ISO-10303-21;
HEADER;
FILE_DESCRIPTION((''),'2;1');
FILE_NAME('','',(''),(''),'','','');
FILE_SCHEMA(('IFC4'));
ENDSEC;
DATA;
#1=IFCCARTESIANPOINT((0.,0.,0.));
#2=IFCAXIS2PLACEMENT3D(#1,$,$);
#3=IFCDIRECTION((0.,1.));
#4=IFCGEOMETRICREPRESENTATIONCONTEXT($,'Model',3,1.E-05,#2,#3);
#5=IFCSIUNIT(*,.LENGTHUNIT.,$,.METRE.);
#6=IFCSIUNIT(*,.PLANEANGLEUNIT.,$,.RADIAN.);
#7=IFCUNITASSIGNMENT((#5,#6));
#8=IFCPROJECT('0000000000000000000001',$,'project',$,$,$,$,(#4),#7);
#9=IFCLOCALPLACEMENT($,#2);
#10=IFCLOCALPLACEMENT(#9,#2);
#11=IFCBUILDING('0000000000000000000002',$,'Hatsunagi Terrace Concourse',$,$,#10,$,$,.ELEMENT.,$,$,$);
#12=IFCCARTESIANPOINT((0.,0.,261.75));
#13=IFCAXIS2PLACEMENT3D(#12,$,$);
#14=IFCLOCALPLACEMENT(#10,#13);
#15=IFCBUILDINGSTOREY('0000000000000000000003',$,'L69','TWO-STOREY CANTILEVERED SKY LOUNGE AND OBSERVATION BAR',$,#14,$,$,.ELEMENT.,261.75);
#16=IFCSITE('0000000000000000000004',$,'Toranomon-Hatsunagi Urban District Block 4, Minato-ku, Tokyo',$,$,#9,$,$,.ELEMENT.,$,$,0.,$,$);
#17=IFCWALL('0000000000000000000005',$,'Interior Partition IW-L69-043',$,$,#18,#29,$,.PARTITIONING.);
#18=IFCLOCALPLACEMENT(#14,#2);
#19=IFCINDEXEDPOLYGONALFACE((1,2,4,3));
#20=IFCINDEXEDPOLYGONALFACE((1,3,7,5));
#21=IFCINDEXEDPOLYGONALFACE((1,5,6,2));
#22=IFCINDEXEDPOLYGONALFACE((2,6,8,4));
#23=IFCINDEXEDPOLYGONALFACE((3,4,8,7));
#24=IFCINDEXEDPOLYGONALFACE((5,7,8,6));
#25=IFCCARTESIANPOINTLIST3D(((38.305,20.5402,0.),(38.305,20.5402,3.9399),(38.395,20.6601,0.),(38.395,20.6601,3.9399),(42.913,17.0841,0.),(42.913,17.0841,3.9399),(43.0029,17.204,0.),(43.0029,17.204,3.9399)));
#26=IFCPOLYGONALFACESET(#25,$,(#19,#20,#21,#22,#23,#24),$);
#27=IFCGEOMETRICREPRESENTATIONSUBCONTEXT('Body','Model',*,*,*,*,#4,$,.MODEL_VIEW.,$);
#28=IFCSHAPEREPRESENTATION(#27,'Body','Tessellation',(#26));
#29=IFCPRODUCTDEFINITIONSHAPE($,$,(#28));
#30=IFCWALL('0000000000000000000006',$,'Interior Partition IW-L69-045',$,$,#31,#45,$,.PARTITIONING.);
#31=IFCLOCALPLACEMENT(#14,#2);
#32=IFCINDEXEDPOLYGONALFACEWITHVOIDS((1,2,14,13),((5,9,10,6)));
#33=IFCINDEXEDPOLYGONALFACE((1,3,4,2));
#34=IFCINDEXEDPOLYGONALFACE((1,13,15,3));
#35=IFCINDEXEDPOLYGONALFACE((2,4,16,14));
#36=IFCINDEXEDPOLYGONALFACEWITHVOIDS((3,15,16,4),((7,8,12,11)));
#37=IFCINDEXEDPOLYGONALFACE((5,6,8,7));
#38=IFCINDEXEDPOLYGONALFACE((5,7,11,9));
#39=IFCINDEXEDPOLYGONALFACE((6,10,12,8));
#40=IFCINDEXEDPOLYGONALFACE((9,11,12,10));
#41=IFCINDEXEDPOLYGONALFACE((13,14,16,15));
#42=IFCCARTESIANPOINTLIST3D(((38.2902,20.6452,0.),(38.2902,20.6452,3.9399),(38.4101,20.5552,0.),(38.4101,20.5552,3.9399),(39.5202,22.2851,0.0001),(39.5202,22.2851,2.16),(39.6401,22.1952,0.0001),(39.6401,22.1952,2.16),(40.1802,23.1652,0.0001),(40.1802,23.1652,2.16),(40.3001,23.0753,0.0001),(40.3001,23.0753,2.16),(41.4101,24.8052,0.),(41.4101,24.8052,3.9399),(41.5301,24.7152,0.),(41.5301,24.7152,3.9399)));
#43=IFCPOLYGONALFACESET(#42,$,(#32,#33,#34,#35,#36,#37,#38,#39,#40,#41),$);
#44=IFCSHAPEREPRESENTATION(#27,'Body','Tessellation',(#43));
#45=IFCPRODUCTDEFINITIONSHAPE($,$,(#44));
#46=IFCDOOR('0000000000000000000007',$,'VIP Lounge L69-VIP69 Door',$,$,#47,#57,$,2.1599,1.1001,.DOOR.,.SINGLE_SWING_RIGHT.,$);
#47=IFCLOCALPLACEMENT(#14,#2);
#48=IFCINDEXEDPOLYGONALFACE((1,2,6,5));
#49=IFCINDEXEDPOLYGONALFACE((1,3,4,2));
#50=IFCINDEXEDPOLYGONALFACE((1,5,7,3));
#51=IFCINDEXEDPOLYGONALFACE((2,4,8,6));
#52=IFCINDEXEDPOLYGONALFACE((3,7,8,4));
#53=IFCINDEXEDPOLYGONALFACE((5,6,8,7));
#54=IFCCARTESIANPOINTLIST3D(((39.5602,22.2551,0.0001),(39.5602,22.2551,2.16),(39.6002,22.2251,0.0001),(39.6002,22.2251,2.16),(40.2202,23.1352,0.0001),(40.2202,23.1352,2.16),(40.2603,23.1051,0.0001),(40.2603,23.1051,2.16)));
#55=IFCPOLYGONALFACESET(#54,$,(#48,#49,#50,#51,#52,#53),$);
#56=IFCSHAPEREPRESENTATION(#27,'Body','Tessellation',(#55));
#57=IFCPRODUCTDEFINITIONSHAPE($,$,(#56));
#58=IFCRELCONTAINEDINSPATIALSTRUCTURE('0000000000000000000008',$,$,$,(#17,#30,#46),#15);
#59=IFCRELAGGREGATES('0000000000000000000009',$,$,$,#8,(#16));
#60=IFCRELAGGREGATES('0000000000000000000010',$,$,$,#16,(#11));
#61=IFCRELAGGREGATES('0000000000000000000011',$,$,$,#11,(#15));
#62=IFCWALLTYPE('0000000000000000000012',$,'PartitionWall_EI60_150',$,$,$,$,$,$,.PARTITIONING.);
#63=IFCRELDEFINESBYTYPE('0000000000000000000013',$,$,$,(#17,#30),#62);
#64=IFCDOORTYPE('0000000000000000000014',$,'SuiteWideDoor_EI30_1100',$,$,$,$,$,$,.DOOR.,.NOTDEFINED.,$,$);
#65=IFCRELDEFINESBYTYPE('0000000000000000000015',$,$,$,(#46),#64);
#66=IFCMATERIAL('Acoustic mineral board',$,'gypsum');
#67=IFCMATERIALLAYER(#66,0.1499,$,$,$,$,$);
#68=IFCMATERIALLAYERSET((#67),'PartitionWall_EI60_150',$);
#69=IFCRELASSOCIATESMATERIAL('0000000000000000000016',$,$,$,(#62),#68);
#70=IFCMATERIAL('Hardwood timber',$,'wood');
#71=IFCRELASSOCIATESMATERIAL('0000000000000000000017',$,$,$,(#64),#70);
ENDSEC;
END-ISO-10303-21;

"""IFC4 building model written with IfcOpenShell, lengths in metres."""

from ifc_helpers import new_model, si_unit, direction, frame, frame_2d, origin, place, context, subcontext, project, spatial, rectangle, extrude, material, layer, layer_set, type_object, element, fill, save


model = new_model("IFC4")

# Units and contexts
model_context = context("Model", 3, precision=1e-05, world=origin(), true_north=direction((0.0, 1.0)))
body_context = subcontext(model_context, "Body", "Model", "MODEL_VIEW")
ifc_project = project(units=[si_unit("LENGTHUNIT", "METRE"), si_unit("PLANEANGLEUNIT", "RADIAN")], contexts=[model_context])

# Site, building, storey
site_placement = place(None, origin())
site = spatial("IfcSite", under=ifc_project, at=site_placement, Name="Toranomon-Hatsunagi Urban District Block 4, Minato-ku, Tokyo", CompositionType="ELEMENT", RefElevation=0.0)
building_placement = place(site_placement, origin())
building = spatial("IfcBuilding", under=site, at=building_placement, Name="Hatsunagi Terrace Concourse", CompositionType="ELEMENT")
storey_placement = place(building_placement, frame((0.0, 0.0, 261.75)))
storey = spatial("IfcBuildingStorey", under=building, at=storey_placement, Name="L69", Description="TWO-STOREY CANTILEVERED SKY LOUNGE AND OBSERVATION BAR", CompositionType="ELEMENT", Elevation=261.75)

# Wall
ifc_material_1 = material(Name="Acoustic mineral board", Category="gypsum")
ifc_layer_1 = layer(ifc_material_1, 0.1499)
ifc_layer_set_1 = layer_set([ifc_layer_1], Name="PartitionWall_EI60_150")
wall_type = type_object("IfcWallType", Name="PartitionWall_EI60_150", PredefinedType="PARTITIONING", material=ifc_layer_set_1)
wall_1_placement = place(storey_placement, frame((38.3501, 20.6001, 0.0), z_axis=(0.0, 0.0, 1.0), x_axis=(0.79999, -0.600014, 0.0)))
element("IfcWall", 1, at=wall_1_placement, inside=storey, type_object=wall_type, Name="Interior Partition IW-L69-043", PredefinedType="PARTITIONING", context=body_context, shape_type="SweptSolid", body=[
    extrude(rectangle(XDim=5.76, YDim=0.1499, at=frame_2d((2.8799, 0.0))), origin(), (0.0, 0.0, 1.0), 3.9399),
])

# Wall, opening, door
wall_2_placement = place(storey_placement, frame((38.3501, 20.6001, 0.0), z_axis=(0.0, 0.0, 1.0), x_axis=(0.599992, 0.800006, 0.0)))
wall_2 = element("IfcWall", 2, at=wall_2_placement, inside=storey, type_object=wall_type, Name="Interior Partition IW-L69-045", PredefinedType="PARTITIONING", context=body_context, shape_type="SweptSolid", body=[
    extrude(rectangle(XDim=5.2, YDim=0.1499, at=frame_2d((2.6001, 0.0))), origin(), (0.0, 0.0, 1.0), 3.9399),
])
opening_placement = place(wall_2_placement, frame((2.05, 0.0, 0.0)))
opening = element("IfcOpeningElement", 3, at=opening_placement, cuts=wall_2, PredefinedType="OPENING", context=body_context, shape_type="SweptSolid", body=[
    extrude(rectangle(XDim=1.1001, YDim=2.1599, at=frame_2d((0.55, 1.0801))), frame((0.0, 0.085, 0.0), z_axis=(0.0, -1.0, 0.0), x_axis=(1.0, 0.0, 0.0)), (0.0, 0.0, 1.0), 0.1699),
])
ifc_material_2 = material(Name="Hardwood timber", Category="wood")
door_type = type_object("IfcDoorType", Name="SuiteWideDoor_EI30_1100", OperationType="NOTDEFINED", PredefinedType="DOOR", material=ifc_material_2)
door_placement = place(opening_placement, origin())
door = element("IfcDoor", 4, at=door_placement, inside=storey, type_object=door_type, Name="VIP Lounge L69-VIP69 Door", OperationType="SINGLE_SWING_RIGHT", OverallHeight=2.1599, OverallWidth=1.1001, PredefinedType="DOOR", context=body_context, shape_type="SweptSolid", body=[
    extrude(rectangle(XDim=1.1001, YDim=2.1599, at=frame_2d((0.55, 1.0801))), frame((0.0, 0.0249, 0.0), z_axis=(0.0, -1.0, 0.0), x_axis=(1.0, 0.0, 0.0)), (0.0, 0.0, 1.0), 0.05),
])
fill(opening, door)

save(model, "model.ifc")
